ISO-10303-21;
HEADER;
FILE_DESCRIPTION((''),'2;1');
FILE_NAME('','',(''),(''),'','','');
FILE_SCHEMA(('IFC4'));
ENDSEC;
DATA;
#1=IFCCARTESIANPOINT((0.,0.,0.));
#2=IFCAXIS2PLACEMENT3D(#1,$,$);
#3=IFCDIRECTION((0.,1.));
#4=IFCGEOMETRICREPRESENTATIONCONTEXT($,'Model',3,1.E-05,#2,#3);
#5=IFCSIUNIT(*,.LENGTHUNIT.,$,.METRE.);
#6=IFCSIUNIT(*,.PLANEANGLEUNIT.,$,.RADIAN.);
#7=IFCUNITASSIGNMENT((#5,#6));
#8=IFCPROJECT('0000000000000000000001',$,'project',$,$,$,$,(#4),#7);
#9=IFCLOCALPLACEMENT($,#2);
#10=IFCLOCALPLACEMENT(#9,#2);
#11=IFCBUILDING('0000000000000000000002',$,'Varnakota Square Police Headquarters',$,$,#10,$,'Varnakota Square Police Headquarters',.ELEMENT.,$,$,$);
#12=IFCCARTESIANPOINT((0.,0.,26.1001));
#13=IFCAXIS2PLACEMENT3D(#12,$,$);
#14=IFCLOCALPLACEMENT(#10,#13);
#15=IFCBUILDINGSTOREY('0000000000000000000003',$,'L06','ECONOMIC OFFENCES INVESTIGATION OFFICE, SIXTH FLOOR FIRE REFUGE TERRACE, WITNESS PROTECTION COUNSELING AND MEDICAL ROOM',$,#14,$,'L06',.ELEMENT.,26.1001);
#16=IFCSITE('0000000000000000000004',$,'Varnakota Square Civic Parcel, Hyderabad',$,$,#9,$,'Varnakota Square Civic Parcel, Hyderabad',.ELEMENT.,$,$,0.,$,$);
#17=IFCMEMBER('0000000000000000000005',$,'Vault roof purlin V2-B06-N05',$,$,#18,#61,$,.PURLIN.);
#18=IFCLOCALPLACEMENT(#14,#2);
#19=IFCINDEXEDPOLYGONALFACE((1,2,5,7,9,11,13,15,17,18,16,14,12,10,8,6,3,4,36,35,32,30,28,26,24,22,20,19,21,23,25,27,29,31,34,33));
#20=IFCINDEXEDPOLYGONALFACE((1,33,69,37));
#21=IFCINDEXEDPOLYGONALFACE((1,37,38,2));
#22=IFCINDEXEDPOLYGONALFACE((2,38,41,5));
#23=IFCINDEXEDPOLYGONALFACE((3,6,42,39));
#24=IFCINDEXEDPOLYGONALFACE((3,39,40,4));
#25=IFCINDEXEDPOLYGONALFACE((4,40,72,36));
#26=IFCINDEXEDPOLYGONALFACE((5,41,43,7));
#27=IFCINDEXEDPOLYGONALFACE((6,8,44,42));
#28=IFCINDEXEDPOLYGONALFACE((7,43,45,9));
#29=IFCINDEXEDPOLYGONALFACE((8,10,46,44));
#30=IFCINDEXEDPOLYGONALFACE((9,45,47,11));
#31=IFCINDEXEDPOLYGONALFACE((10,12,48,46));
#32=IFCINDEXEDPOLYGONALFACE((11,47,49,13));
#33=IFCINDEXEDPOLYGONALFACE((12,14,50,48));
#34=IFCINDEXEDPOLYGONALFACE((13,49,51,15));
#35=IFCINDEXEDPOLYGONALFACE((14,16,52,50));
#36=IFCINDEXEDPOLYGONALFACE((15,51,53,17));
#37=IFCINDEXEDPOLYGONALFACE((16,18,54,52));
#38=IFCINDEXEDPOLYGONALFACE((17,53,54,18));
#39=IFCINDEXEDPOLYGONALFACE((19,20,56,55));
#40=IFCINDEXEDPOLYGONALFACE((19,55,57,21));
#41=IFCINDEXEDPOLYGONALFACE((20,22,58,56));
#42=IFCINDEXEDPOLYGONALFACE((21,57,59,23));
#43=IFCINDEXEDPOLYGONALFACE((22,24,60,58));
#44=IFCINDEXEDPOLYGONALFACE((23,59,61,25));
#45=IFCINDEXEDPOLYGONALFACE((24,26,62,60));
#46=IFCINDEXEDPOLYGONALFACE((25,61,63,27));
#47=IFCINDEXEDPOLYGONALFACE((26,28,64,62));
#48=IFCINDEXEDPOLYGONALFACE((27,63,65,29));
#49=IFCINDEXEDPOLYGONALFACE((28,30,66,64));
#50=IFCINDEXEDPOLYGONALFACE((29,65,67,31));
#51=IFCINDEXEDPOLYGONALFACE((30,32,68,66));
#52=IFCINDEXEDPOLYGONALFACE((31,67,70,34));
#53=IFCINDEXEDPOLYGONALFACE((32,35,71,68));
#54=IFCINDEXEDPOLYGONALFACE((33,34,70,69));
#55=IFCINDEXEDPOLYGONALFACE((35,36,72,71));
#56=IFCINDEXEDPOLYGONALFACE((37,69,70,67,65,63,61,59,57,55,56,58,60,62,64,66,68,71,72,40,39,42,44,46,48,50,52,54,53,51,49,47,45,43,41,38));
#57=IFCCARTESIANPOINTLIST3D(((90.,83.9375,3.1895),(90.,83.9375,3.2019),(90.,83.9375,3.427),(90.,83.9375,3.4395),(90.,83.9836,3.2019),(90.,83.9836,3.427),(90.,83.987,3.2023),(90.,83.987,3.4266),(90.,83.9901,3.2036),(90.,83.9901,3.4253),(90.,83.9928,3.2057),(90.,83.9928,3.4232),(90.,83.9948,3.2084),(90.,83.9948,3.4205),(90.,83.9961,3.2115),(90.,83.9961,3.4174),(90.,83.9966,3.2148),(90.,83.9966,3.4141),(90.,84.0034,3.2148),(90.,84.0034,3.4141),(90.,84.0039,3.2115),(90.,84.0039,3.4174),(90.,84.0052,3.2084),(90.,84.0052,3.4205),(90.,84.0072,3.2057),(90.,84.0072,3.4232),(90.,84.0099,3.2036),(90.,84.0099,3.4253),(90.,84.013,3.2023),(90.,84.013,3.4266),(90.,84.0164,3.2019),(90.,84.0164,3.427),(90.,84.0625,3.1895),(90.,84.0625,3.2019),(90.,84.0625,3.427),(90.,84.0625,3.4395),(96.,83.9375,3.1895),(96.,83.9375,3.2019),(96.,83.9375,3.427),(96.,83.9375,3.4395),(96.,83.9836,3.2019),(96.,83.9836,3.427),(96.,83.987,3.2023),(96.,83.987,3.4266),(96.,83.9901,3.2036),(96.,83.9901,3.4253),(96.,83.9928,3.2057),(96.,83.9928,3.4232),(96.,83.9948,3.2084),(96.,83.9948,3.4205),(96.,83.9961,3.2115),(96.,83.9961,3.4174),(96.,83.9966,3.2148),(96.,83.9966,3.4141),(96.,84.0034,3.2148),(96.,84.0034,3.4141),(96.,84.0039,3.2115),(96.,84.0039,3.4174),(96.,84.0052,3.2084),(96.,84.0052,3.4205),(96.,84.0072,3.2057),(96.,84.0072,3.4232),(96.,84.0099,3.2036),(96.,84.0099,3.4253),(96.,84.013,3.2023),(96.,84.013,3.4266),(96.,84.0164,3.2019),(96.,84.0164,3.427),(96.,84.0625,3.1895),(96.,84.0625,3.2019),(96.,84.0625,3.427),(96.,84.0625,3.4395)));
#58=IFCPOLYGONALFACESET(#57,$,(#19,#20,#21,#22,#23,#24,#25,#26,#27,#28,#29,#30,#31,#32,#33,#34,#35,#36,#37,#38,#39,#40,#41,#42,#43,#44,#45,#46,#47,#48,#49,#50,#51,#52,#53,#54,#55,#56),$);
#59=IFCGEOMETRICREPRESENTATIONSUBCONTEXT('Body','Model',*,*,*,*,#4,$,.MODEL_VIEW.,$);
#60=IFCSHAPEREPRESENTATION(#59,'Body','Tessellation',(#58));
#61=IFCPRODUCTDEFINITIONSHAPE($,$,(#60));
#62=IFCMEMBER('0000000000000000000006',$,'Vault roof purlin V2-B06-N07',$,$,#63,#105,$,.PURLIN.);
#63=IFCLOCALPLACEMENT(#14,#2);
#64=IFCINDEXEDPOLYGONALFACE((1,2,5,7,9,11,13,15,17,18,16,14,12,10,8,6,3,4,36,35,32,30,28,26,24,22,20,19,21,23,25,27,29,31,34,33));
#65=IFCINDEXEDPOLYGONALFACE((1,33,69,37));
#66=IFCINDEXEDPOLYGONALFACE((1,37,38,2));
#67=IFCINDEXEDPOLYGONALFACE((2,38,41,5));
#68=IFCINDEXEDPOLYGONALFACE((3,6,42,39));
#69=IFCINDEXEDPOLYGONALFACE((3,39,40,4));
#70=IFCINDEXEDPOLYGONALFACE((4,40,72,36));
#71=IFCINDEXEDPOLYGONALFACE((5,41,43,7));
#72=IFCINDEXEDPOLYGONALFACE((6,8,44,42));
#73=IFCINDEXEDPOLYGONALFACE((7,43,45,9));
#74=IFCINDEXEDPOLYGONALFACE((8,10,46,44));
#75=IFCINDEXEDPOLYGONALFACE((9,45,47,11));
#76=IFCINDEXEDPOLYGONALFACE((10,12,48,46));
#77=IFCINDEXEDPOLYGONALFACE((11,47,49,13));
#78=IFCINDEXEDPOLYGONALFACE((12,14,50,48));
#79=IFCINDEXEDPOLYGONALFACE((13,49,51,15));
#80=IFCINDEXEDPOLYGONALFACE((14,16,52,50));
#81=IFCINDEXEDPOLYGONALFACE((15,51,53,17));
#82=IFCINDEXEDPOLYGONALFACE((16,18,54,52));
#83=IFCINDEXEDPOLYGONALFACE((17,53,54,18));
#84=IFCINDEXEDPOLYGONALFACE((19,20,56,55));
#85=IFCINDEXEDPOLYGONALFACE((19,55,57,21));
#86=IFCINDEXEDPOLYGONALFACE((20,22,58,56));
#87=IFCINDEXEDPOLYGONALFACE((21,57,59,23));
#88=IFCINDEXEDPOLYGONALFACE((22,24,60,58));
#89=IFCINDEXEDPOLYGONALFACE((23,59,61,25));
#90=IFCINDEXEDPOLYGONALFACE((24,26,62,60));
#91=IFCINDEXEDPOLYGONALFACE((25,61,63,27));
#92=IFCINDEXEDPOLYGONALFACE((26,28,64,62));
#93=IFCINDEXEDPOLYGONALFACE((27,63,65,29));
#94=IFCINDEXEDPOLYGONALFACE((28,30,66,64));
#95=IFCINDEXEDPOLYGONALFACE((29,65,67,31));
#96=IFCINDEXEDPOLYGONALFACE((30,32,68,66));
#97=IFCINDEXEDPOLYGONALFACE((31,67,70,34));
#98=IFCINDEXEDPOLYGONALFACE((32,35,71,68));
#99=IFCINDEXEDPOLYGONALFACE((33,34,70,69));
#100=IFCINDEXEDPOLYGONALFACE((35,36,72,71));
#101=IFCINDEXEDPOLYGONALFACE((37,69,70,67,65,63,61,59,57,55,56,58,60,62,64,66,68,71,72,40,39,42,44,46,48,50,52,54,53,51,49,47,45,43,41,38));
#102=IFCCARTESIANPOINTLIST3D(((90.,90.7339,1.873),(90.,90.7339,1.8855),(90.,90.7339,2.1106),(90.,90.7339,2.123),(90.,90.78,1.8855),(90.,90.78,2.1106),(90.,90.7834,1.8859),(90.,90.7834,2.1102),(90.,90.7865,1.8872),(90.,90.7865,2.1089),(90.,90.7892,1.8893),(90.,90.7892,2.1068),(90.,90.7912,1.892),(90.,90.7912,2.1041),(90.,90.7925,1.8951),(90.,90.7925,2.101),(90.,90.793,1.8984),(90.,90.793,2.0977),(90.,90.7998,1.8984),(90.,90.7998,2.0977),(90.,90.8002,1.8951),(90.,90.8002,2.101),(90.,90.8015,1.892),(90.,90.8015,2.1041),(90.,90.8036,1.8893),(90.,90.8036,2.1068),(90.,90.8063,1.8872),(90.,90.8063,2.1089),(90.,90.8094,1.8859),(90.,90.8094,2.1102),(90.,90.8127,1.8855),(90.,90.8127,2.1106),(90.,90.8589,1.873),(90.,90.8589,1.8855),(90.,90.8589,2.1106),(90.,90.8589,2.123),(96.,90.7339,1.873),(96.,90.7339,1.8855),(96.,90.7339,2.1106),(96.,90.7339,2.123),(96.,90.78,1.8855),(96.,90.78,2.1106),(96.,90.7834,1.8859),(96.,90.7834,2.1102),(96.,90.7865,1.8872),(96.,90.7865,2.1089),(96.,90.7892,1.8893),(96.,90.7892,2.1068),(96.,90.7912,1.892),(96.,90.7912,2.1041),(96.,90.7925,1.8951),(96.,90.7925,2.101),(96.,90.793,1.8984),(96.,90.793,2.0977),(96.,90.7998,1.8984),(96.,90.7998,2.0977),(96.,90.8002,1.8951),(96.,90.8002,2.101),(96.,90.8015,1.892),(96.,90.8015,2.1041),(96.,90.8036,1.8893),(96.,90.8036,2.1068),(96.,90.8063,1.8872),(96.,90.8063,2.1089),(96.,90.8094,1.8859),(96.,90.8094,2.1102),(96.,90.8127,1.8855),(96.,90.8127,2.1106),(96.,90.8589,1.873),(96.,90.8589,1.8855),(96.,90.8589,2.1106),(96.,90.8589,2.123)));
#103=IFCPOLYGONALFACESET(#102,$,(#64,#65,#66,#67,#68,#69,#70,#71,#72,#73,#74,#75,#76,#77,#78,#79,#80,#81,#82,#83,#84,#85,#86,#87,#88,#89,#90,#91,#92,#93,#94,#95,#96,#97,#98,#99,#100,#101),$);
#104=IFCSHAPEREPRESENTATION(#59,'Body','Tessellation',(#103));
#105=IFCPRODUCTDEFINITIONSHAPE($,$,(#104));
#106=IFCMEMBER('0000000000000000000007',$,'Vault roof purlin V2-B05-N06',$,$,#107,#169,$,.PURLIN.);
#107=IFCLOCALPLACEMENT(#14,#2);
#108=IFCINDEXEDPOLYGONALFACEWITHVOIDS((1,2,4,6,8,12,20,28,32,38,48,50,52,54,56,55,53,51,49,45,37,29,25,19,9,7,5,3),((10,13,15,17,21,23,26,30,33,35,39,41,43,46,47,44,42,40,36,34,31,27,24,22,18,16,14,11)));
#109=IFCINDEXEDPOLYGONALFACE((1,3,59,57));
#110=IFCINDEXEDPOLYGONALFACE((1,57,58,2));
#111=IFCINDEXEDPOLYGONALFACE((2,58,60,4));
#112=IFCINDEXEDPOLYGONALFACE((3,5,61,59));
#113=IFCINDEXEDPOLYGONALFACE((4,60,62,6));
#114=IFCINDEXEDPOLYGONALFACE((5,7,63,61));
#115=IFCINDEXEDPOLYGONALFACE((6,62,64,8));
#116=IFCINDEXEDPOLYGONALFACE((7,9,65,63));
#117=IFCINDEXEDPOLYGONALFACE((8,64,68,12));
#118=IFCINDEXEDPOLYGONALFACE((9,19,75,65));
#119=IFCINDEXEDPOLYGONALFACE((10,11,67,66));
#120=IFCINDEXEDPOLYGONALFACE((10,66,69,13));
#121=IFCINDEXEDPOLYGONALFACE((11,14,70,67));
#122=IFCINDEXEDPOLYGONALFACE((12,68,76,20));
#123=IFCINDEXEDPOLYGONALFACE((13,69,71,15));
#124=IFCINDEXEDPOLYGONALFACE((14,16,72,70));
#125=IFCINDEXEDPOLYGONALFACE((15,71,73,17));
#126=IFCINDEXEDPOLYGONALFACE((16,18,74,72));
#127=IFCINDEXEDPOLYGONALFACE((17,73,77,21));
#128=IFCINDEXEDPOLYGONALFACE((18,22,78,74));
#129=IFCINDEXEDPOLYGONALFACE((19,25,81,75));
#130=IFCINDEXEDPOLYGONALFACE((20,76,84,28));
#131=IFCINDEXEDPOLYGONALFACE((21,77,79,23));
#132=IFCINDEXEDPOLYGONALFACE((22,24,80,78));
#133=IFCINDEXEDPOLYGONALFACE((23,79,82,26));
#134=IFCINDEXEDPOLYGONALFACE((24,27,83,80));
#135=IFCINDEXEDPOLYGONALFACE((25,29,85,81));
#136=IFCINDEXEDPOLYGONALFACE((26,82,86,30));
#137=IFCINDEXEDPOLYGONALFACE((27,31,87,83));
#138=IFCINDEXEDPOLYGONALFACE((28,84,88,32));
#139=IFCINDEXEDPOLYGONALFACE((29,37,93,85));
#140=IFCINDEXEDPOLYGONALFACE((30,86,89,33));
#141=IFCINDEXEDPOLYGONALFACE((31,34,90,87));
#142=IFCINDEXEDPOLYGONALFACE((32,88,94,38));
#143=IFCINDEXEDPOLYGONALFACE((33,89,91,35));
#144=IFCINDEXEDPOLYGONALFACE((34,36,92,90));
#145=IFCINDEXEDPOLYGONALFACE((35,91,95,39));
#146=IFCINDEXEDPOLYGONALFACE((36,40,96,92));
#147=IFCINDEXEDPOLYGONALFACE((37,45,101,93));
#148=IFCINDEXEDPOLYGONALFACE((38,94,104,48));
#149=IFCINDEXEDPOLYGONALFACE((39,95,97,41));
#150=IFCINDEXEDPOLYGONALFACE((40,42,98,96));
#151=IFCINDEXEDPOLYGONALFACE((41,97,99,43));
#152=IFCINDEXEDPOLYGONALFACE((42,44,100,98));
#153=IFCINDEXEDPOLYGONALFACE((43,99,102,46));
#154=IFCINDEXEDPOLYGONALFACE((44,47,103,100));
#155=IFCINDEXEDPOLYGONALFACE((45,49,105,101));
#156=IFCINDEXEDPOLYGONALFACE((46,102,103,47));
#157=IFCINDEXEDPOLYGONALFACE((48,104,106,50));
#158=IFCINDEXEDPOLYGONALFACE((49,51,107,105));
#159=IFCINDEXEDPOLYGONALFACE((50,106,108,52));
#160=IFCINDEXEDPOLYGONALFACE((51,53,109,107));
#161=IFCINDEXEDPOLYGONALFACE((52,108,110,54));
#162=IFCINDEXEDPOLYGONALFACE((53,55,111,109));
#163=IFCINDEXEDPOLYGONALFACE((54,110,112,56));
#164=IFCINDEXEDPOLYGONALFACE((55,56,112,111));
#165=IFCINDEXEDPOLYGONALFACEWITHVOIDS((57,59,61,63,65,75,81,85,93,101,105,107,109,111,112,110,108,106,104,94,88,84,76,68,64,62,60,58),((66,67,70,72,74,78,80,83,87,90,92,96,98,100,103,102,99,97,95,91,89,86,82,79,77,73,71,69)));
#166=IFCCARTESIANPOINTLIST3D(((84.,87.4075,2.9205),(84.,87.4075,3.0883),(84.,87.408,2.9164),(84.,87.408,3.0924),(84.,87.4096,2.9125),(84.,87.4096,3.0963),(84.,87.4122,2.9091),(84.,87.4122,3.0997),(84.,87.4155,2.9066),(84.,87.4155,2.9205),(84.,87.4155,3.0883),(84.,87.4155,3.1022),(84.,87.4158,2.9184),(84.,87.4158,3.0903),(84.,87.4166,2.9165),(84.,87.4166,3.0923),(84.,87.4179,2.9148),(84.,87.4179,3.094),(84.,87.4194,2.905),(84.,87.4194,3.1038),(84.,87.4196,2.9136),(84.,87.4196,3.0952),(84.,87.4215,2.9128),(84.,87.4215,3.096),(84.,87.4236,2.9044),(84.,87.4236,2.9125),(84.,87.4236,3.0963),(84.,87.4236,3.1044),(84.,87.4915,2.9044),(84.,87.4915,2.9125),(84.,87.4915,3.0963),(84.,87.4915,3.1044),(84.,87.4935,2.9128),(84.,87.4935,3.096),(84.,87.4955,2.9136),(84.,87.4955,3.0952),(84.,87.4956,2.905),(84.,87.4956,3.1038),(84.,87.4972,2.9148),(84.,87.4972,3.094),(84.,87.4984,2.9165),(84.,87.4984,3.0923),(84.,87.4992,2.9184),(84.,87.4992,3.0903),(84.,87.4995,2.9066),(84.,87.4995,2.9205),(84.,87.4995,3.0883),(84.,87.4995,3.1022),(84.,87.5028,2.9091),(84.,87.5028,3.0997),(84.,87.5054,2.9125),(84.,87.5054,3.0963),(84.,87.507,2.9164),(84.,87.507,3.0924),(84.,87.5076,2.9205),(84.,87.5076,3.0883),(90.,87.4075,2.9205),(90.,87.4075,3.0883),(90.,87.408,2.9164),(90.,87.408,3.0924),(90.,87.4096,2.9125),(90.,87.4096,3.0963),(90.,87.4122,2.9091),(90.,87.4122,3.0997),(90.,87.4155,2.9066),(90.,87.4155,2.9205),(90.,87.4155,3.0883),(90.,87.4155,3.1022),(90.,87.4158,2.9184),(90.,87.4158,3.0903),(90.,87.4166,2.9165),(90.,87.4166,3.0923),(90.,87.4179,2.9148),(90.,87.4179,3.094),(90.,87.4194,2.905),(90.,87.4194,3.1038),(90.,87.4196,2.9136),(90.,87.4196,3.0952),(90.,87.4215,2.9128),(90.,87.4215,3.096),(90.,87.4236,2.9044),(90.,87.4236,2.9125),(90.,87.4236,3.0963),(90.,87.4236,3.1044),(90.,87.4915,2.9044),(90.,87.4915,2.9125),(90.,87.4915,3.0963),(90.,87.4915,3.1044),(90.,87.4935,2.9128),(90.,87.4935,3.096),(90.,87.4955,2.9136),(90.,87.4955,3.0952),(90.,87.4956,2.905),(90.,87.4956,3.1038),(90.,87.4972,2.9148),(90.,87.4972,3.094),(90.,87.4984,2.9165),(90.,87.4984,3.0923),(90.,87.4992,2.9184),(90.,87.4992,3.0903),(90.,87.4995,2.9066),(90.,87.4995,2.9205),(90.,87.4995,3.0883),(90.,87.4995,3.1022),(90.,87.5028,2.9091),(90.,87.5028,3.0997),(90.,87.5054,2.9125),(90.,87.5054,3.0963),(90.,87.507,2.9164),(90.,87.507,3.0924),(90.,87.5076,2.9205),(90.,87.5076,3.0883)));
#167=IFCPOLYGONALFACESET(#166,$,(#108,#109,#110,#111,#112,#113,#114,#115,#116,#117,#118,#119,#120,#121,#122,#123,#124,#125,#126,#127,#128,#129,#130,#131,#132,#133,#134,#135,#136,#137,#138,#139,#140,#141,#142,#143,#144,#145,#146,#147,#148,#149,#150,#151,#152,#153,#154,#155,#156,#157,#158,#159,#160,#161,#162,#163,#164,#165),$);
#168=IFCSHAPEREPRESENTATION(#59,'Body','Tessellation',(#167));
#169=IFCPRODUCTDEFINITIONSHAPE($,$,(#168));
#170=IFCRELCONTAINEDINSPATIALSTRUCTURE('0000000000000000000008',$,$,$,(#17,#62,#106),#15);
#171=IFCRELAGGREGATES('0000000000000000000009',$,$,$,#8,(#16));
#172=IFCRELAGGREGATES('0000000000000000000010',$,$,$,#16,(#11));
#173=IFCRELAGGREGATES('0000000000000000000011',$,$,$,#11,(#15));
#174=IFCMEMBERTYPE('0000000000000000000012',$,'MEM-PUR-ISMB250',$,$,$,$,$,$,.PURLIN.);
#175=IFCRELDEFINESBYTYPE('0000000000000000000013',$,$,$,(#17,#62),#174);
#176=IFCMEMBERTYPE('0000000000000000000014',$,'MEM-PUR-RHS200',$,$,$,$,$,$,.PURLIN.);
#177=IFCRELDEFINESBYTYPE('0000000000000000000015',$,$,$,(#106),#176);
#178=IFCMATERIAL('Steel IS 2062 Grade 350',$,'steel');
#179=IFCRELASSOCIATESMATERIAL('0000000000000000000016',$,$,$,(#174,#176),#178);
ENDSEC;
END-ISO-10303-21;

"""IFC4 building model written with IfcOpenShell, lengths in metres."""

from ifc_helpers import new_model, si_unit, direction, frame, origin, origin_2d, place, context, subcontext, project, spatial, hollow_rectangle, i_section, extrude, material, material_profile, profile_set, type_object, element, save


model = new_model("IFC4")

# Units and contexts
model_context = context("Model", 3, precision=1e-05, world=origin(), true_north=direction((0.0, 1.0)))
body_context = subcontext(model_context, "Body", "Model", "MODEL_VIEW")
ifc_project = project(units=[si_unit("LENGTHUNIT", "METRE"), si_unit("PLANEANGLEUNIT", "RADIAN")], contexts=[model_context])

# Site, building, storey
site_placement = place(None, origin())
site = spatial("IfcSite", under=ifc_project, at=site_placement, Name="Varnakota Square Civic Parcel, Hyderabad", LongName="Varnakota Square Civic Parcel, Hyderabad", CompositionType="ELEMENT", RefElevation=0.0)
building_placement = place(site_placement, origin())
building = spatial("IfcBuilding", under=site, at=building_placement, Name="Varnakota Square Police Headquarters", LongName="Varnakota Square Police Headquarters", CompositionType="ELEMENT")
storey_placement = place(building_placement, frame((0.0, 0.0, 26.1001)))
storey = spatial("IfcBuildingStorey", under=building, at=storey_placement, Name="L06", Description="ECONOMIC OFFENCES INVESTIGATION OFFICE, SIXTH FLOOR FIRE REFUGE TERRACE, WITNESS PROTECTION COUNSELING AND MEDICAL ROOM", LongName="L06", CompositionType="ELEMENT", Elevation=26.1001)

# Shared definitions
ifc_material_1 = material(Name="Steel IS 2062 Grade 350", Category="steel")

# Members
ifc_material_profile_1 = material_profile(ifc_material_1, i_section(OverallWidth=0.125, OverallDepth=0.25, WebThickness=0.0068, FlangeThickness=0.0125, FilletRadius=0.0129, at=origin_2d()), Name="ISMB 250")
ifc_profile_set_1 = profile_set([ifc_material_profile_1], Name="Steel IS 2062 Grade 350")
member_type_1 = type_object("IfcMemberType", Name="MEM-PUR-ISMB250", PredefinedType="PURLIN", material=ifc_profile_set_1)
for number, where, z_axis, x_axis, name in (
    (1, (90.0, 84.0, 3.3145), (1.0, 0.0, 0.0), (0.0, 1.0, 0.0), "Vault roof purlin V2-B06-N05"),
    (2, (90.0, 90.7964, 1.998), (1.0, 0.0, 0.0), (0.0, 1.0, 0.0), "Vault roof purlin V2-B06-N07"),
):
    element("IfcMember", number, at=place(storey_placement, frame(where, z_axis=z_axis, x_axis=x_axis)), inside=storey, type_object=member_type_1, Name=name, PredefinedType="PURLIN", context=body_context, shape_type="SweptSolid", body=[
        extrude(i_section(OverallWidth=0.125, OverallDepth=0.25, WebThickness=0.0068, FlangeThickness=0.0125, FilletRadius=0.0129, at=origin_2d()), origin(), (0.0, 0.0, 1.0), 6.0),
    ])
ifc_material_profile_2 = material_profile(ifc_material_1, hollow_rectangle(XDim=0.1001, YDim=0.2, WallThickness=0.0081, InnerFilletRadius=0.0081, OuterFilletRadius=0.0161, at=origin_2d()), Name="RHS 200x100x8")
ifc_profile_set_2 = profile_set([ifc_material_profile_2], Name="Steel IS 2062 Grade 350")
member_type_2 = type_object("IfcMemberType", Name="MEM-PUR-RHS200", PredefinedType="PURLIN", material=ifc_profile_set_2)
for number, where, z_axis, x_axis, name in (
    (3, (84.0, 87.4575, 3.0044), (1.0, 0.0, 0.0), (0.0, 1.0, 0.0), "Vault roof purlin V2-B05-N06"),
):
    element("IfcMember", number, at=place(storey_placement, frame(where, z_axis=z_axis, x_axis=x_axis)), inside=storey, type_object=member_type_2, Name=name, PredefinedType="PURLIN", context=body_context, shape_type="SweptSolid", body=[
        extrude(hollow_rectangle(XDim=0.1001, YDim=0.2, WallThickness=0.0081, InnerFilletRadius=0.0081, OuterFilletRadius=0.0161, at=origin_2d()), origin(), (0.0, 0.0, 1.0), 6.0),
    ])

save(model, "model.ifc")
